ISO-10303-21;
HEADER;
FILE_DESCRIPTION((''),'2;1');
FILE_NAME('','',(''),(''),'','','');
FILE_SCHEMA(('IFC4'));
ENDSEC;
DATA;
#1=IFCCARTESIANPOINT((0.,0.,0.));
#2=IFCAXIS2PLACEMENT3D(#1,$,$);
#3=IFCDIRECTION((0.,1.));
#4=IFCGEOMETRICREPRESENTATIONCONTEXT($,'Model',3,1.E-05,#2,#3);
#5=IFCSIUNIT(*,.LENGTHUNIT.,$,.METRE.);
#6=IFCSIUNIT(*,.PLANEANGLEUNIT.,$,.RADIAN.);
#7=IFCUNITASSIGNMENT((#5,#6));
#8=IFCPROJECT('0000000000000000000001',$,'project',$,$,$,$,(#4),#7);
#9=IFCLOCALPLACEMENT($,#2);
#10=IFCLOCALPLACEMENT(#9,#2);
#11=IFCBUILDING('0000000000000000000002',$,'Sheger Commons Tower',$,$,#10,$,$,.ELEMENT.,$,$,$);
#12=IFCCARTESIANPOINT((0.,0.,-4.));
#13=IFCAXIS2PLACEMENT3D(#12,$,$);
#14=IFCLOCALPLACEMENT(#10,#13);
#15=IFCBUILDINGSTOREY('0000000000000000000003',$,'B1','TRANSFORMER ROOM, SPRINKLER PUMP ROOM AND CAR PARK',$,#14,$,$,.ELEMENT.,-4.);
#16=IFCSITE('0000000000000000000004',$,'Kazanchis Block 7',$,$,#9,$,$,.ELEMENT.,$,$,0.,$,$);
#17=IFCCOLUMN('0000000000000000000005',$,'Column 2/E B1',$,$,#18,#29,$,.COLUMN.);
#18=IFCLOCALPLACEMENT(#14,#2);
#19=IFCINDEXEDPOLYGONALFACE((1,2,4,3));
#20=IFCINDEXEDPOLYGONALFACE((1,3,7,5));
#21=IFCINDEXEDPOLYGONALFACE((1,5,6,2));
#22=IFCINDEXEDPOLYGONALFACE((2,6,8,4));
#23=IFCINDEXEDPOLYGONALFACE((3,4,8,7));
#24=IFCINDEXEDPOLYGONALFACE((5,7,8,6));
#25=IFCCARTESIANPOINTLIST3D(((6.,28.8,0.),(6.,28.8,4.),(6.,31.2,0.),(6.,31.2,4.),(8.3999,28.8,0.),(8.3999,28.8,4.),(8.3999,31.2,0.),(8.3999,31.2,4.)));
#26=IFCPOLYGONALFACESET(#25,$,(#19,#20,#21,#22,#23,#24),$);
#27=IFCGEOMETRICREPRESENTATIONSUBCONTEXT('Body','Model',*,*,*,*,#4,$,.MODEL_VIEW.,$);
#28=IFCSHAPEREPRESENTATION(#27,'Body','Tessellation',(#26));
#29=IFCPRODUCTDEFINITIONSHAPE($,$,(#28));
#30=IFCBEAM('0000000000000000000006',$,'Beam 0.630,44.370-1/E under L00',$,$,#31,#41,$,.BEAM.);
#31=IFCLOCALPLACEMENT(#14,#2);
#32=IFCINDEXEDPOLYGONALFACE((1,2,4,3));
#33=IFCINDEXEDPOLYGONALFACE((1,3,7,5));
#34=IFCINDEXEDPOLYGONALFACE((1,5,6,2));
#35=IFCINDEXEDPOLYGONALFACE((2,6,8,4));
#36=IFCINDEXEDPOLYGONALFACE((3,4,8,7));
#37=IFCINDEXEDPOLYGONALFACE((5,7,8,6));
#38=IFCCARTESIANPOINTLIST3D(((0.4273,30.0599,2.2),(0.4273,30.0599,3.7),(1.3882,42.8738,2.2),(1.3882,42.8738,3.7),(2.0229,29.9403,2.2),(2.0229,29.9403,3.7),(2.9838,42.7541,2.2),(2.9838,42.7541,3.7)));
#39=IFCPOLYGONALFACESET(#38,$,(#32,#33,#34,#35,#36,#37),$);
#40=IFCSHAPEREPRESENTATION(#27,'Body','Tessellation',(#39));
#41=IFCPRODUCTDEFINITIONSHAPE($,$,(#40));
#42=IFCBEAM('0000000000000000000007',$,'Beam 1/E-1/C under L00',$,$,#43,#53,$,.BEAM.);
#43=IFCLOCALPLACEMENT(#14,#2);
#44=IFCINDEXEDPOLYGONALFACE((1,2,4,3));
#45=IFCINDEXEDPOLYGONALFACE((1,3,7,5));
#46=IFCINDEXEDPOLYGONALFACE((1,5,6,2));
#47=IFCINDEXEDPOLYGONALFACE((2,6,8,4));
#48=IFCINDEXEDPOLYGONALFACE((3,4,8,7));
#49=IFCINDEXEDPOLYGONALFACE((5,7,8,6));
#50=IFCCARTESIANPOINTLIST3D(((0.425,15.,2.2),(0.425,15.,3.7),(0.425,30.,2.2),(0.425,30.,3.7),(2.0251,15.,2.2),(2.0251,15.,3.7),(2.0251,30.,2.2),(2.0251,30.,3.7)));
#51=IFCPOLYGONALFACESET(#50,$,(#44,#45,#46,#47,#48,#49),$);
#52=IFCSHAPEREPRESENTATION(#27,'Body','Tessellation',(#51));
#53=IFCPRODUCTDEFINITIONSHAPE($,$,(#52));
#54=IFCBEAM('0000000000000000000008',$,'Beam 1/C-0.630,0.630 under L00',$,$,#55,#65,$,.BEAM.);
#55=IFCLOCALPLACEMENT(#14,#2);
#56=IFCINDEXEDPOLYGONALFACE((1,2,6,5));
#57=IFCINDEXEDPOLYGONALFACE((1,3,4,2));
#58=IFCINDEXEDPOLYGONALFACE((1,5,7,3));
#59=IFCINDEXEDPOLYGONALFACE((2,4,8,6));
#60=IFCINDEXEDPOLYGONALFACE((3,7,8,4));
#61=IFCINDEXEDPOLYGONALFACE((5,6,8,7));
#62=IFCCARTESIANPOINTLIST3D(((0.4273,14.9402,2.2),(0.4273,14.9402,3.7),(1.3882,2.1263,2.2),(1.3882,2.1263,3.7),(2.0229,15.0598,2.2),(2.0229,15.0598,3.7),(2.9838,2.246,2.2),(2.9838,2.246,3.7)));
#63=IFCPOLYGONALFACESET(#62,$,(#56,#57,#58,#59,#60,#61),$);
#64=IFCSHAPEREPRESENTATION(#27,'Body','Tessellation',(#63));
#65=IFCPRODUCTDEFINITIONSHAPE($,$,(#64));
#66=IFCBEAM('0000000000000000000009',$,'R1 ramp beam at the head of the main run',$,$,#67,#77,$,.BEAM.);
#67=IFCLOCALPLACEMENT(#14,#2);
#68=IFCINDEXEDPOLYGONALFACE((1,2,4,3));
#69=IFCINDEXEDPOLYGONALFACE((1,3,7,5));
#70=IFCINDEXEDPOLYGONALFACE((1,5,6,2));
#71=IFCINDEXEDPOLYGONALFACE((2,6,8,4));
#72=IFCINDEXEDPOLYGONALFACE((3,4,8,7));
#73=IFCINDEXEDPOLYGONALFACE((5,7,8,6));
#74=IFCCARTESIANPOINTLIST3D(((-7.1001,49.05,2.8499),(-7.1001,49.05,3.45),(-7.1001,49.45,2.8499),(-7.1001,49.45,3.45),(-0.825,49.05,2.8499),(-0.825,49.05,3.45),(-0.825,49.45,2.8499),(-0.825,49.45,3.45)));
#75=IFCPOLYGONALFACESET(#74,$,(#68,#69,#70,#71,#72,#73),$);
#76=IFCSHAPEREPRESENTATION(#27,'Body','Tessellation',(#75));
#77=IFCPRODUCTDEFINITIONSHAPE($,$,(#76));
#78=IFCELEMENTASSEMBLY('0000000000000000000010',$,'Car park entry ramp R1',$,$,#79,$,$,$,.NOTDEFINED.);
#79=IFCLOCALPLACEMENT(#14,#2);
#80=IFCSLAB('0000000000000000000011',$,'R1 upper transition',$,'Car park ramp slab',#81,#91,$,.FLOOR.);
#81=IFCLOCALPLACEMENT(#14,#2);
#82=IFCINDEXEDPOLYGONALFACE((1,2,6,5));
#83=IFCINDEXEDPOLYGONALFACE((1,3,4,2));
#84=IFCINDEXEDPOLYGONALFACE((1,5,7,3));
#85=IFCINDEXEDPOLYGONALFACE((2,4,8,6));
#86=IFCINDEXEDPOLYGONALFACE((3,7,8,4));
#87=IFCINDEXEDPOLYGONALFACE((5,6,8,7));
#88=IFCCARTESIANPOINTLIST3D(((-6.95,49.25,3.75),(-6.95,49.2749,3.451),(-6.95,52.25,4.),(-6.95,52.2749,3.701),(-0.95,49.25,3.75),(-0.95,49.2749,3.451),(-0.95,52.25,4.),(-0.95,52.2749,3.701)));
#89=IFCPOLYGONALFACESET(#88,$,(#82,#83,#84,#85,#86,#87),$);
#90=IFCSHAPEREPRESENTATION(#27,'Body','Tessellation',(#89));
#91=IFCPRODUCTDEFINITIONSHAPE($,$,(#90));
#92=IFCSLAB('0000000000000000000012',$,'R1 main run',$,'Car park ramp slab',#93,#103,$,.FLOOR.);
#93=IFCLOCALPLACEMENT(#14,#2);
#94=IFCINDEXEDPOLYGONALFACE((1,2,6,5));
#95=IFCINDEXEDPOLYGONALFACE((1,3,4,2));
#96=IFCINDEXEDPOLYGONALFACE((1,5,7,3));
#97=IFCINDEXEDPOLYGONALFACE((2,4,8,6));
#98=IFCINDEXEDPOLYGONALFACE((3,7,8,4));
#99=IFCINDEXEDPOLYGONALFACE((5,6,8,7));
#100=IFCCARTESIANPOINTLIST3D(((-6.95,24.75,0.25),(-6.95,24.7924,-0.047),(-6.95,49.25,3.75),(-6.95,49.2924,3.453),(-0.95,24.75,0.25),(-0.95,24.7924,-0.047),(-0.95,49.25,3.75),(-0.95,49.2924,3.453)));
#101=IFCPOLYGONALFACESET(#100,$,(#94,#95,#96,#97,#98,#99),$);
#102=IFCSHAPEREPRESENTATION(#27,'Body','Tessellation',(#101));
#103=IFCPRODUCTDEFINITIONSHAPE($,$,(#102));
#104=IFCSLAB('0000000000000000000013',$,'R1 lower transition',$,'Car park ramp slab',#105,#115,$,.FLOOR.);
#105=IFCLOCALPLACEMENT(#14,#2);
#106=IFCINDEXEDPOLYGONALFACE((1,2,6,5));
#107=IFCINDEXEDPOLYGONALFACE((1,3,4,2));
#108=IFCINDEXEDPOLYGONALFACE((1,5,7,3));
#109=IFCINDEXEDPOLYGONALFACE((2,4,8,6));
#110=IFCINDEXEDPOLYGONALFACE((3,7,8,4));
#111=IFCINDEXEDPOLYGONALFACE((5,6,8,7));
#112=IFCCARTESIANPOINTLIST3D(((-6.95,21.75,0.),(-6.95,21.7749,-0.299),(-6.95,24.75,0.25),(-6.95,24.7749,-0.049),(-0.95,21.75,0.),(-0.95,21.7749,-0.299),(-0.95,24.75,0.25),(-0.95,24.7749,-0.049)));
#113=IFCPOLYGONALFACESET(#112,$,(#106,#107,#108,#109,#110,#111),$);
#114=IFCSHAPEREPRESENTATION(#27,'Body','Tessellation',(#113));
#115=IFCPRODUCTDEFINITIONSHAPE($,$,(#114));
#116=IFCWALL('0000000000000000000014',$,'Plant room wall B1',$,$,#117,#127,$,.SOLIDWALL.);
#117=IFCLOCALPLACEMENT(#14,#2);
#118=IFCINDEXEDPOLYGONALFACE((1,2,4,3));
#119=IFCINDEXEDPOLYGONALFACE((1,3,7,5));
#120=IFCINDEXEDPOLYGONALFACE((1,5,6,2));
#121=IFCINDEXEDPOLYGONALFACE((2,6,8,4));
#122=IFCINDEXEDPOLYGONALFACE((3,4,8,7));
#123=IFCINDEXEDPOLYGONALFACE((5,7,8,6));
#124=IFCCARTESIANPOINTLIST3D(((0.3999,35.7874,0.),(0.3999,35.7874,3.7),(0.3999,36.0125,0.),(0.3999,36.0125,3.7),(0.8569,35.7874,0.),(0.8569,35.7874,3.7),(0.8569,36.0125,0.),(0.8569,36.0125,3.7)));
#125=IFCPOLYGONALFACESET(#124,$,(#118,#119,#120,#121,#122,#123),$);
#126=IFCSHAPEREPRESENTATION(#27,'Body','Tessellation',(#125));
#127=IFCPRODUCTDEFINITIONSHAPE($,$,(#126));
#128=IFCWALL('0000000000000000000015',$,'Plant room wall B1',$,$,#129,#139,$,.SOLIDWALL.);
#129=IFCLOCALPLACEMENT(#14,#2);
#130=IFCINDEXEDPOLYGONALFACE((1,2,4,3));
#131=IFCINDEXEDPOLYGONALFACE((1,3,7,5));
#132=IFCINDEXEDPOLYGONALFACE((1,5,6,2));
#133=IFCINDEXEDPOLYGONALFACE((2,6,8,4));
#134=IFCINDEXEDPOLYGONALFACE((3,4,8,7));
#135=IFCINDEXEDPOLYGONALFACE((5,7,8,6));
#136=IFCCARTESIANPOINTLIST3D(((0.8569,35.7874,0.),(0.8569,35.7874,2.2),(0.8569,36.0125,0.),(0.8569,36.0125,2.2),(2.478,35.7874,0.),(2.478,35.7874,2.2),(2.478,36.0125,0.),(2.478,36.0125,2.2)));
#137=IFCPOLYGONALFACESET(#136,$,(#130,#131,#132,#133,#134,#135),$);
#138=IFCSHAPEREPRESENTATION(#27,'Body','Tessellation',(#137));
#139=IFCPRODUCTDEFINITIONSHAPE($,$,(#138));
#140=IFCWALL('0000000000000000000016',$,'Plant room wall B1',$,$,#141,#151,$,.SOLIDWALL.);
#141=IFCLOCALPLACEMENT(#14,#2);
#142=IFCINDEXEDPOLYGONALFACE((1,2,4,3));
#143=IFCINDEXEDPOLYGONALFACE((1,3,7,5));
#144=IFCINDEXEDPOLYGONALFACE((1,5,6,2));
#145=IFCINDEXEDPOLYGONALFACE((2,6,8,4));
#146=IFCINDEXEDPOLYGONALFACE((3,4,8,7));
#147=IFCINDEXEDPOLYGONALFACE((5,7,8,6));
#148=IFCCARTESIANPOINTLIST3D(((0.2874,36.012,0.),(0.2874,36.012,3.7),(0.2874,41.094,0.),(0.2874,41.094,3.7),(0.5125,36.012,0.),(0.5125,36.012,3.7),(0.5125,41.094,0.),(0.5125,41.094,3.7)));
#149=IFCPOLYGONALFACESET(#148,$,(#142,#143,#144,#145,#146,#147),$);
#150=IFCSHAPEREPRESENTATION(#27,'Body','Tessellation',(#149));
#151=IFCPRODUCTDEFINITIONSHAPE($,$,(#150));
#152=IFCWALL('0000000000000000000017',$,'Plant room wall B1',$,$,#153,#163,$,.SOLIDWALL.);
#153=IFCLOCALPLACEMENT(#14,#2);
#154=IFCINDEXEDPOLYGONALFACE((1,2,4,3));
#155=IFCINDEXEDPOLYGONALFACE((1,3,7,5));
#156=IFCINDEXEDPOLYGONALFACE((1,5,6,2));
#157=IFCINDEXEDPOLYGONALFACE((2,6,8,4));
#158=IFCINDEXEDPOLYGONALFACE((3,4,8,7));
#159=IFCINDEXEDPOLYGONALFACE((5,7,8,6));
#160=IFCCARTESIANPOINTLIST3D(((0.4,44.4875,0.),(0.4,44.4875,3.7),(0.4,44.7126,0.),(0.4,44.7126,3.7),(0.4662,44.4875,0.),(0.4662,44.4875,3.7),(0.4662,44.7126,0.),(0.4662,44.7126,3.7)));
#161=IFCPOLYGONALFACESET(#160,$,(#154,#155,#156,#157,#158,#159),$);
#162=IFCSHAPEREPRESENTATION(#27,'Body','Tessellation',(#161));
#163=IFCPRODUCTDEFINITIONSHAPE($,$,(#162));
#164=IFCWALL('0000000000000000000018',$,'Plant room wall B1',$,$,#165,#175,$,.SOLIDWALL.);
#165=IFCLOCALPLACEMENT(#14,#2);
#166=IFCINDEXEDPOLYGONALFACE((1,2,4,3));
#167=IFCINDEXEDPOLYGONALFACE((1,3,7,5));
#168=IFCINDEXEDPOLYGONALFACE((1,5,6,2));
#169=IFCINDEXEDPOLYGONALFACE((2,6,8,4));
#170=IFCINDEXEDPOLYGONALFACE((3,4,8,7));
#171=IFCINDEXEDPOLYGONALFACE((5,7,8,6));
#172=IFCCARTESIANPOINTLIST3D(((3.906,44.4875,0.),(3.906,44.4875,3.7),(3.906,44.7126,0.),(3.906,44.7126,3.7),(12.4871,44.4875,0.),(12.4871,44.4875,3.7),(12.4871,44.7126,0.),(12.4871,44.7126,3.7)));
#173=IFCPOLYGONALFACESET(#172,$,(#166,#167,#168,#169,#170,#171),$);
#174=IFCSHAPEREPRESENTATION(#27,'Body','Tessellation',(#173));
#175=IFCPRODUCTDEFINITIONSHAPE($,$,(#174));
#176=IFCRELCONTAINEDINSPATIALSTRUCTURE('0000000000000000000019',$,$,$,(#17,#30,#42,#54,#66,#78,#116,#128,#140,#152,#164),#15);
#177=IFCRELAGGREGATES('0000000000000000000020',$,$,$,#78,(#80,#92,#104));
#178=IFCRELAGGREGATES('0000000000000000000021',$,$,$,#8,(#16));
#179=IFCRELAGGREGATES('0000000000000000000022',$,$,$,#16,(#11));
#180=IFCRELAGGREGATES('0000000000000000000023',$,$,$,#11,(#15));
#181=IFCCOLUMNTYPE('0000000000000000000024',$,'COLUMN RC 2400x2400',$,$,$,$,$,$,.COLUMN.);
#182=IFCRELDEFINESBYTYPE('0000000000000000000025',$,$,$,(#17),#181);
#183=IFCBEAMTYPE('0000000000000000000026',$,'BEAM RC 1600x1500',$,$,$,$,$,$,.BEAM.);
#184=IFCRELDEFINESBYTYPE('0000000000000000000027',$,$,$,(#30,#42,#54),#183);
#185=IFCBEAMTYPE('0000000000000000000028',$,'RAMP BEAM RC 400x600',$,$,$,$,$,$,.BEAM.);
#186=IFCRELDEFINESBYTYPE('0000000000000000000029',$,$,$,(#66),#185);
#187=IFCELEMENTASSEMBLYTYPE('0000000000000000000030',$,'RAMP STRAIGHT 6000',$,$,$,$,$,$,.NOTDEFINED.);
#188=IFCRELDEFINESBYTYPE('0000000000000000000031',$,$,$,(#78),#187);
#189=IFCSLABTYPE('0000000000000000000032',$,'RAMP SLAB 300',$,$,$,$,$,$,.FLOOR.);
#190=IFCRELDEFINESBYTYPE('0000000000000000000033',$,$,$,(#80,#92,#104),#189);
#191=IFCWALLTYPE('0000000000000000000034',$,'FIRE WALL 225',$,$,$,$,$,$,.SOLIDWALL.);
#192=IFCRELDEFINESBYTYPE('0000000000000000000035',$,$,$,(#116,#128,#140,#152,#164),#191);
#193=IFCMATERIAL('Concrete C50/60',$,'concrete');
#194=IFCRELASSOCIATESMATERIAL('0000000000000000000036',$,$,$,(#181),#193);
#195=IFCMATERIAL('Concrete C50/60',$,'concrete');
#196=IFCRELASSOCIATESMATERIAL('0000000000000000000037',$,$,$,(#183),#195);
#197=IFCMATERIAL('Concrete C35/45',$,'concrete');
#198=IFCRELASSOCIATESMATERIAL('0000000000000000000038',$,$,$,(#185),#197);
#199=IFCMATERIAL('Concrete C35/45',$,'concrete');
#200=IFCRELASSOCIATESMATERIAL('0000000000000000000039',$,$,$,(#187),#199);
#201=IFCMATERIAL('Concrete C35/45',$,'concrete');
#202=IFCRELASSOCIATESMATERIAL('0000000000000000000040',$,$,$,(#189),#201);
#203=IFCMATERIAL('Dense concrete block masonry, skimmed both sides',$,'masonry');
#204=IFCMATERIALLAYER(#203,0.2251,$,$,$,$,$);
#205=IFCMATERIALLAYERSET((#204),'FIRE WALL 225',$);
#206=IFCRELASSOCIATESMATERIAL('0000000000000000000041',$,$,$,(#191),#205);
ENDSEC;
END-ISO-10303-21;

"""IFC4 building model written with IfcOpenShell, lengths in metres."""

from ifc_helpers import new_model, si_unit, direction, frame, frame_2d, origin, origin_2d, place, context, subcontext, project, spatial, polyline, rectangle, outline, extrude, material, layer, layer_set, material_profile, profile_set, type_object, element, aggregate, save


model = new_model("IFC4")

# Units and contexts
model_context = context("Model", 3, precision=1e-05, world=origin(), true_north=direction((0.0, 1.0)))
body_context = subcontext(model_context, "Body", "Model", "MODEL_VIEW")
ifc_project = project(units=[si_unit("LENGTHUNIT", "METRE"), si_unit("PLANEANGLEUNIT", "RADIAN")], contexts=[model_context])

# Site, building, storey
site_placement = place(None, origin())
site = spatial("IfcSite", under=ifc_project, at=site_placement, Name="Kazanchis Block 7", CompositionType="ELEMENT", RefElevation=0.0)
building_placement = place(site_placement, origin())
building = spatial("IfcBuilding", under=site, at=building_placement, Name="Sheger Commons Tower", CompositionType="ELEMENT")
storey_placement = place(building_placement, frame((0.0, 0.0, -4.0)))
storey = spatial("IfcBuildingStorey", under=building, at=storey_placement, Name="B1", Description="TRANSFORMER ROOM, SPRINKLER PUMP ROOM AND CAR PARK", CompositionType="ELEMENT", Elevation=-4.0)

# Column
ifc_material_1 = material(Name="Concrete C50/60", Category="concrete")
ifc_material_profile_1 = material_profile(ifc_material_1, rectangle(XDim=2.3999, YDim=2.3999, at=origin_2d()), Name="RC 2400x2400")
ifc_profile_set_1 = profile_set([ifc_material_profile_1], Name="Concrete C50/60")
column_type_1 = type_object("IfcColumnType", Name="COLUMN RC 2400x2400", PredefinedType="COLUMN", material=ifc_profile_set_1)
for number, where, z_axis, x_axis, name in (
    (1, (7.2, 30.0, 0.0), (0.0, 0.0, 1.0), (1.0, 0.0, 0.0), "Column 2/E B1"),
):
    element("IfcColumn", number, at=place(storey_placement, frame(where, z_axis=z_axis, x_axis=x_axis)), inside=storey, type_object=column_type_1, Name=name, PredefinedType="COLUMN", context=body_context, shape_type="SweptSolid", body=[
        extrude(rectangle(XDim=2.3999, YDim=2.3999, at=origin_2d()), origin(), (0.0, 0.0, 1.0), 4.0),
    ])

# Beams
ifc_material_2 = material(Name="Concrete C50/60", Category="concrete")
ifc_material_profile_2 = material_profile(ifc_material_2, rectangle(XDim=1.6001, YDim=1.5, at=origin_2d()), Name="RC 1600x1500")
ifc_profile_set_2 = profile_set([ifc_material_profile_2], Name="Concrete C50/60")
beam_type_1 = type_object("IfcBeamType", Name="BEAM RC 1600x1500", PredefinedType="BEAM", material=ifc_profile_set_2)
beam_1_placement = place(storey_placement, frame((2.186, 42.814, 2.95), z_axis=(-0.074781, -0.9972, 0.0), x_axis=(0.9972, -0.074781, 0.0)))
element("IfcBeam", 2, at=beam_1_placement, inside=storey, type_object=beam_type_1, Name="Beam 0.630,44.370-1/E under L00", PredefinedType="BEAM", context=body_context, shape_type="SweptSolid", body=[
    extrude(rectangle(XDim=1.6001, YDim=1.5, at=origin_2d()), origin(), (0.0, 0.0, 1.0), 12.8499),
])
beam_2_placement = place(storey_placement, frame((1.2251, 30.0, 2.95), z_axis=(0.0, -1.0, 0.0), x_axis=(1.0, 0.0, 0.0)))
element("IfcBeam", 3, at=beam_2_placement, inside=storey, type_object=beam_type_1, Name="Beam 1/E-1/C under L00", PredefinedType="BEAM", context=body_context, shape_type="SweptSolid", body=[
    extrude(rectangle(XDim=1.6001, YDim=1.5, at=origin_2d()), origin(), (0.0, 0.0, 1.0), 15.0),
])
beam_3_placement = place(storey_placement, frame((1.2251, 15.0, 2.95), z_axis=(0.074781, -0.9972, 0.0), x_axis=(0.9972, 0.074781, 0.0)))
element("IfcBeam", 4, at=beam_3_placement, inside=storey, type_object=beam_type_1, Name="Beam 1/C-0.630,0.630 under L00", PredefinedType="BEAM", context=body_context, shape_type="SweptSolid", body=[
    extrude(rectangle(XDim=1.6001, YDim=1.5, at=origin_2d()), origin(), (0.0, 0.0, 1.0), 12.8499),
])
ifc_material_3 = material(Name="Concrete C35/45", Category="concrete")
ifc_material_profile_3 = material_profile(ifc_material_3, rectangle(XDim=0.3999, YDim=0.6001, at=origin_2d()), Name="RC 400x600")
ifc_profile_set_3 = profile_set([ifc_material_profile_3], Name="Concrete C35/45")
beam_type_2 = type_object("IfcBeamType", Name="RAMP BEAM RC 400x600", PredefinedType="BEAM", material=ifc_profile_set_3)
beam_4_placement = place(storey_placement, frame((-7.1001, 49.25, 3.1499), z_axis=(1.0, 0.0, 0.0), x_axis=(0.0, 1.0, 0.0)))
element("IfcBeam", 5, at=beam_4_placement, inside=storey, type_object=beam_type_2, Name="R1 ramp beam at the head of the main run", PredefinedType="BEAM", context=body_context, shape_type="SweptSolid", body=[
    extrude(rectangle(XDim=0.3999, YDim=0.6001, at=origin_2d()), origin(), (0.0, 0.0, 1.0), 6.2751),
])

# Element assembly, slabs
ifc_material_4 = material(Name="Concrete C35/45", Category="concrete")
element_assembly_type = type_object("IfcElementAssemblyType", Name="RAMP STRAIGHT 6000", PredefinedType="NOTDEFINED", material=ifc_material_4)
assembly_placement = place(storey_placement, origin())
assembly = element("IfcElementAssembly", 6, at=assembly_placement, inside=storey, type_object=element_assembly_type, Name="Car park entry ramp R1", PredefinedType="NOTDEFINED")
ifc_material_5 = material(Name="Concrete C35/45", Category="concrete")
slab_type = type_object("IfcSlabType", Name="RAMP SLAB 300", PredefinedType="FLOOR", material=ifc_material_5)
slab_1_placement = place(storey_placement, frame((-6.95, 49.25, 3.75), z_axis=(0.0, -0.083045, 0.996546), x_axis=(1.0, 0.0, 0.0)))
slab_1 = element("IfcSlab", 7, at=slab_1_placement, type_object=slab_type, Name="R1 upper transition", ObjectType="Car park ramp slab", PredefinedType="FLOOR", context=body_context, shape_type="SweptSolid", body=[
    extrude(outline(polyline([(0.0, 0.0), (6.0, 0.0), (6.0, 3.0104), (0.0, 3.0104), (0.0, 0.0)])), origin(), (0.0, 0.0, -1.0), 0.3),
])
slab_2_placement = place(storey_placement, frame((-6.95, 24.75, 0.25), z_axis=(0.0, -0.141421, 0.989949), x_axis=(1.0, 0.0, 0.0)))
slab_2 = element("IfcSlab", 8, at=slab_2_placement, type_object=slab_type, Name="R1 main run", ObjectType="Car park ramp slab", PredefinedType="FLOOR", context=body_context, shape_type="SweptSolid", body=[
    extrude(outline(polyline([(0.0, 0.0), (6.0, 0.0), (6.0, 24.7487), (0.0, 24.7487), (0.0, 0.0)])), origin(), (0.0, 0.0, -1.0), 0.3),
])
slab_3_placement = place(storey_placement, frame((-6.95, 21.75, 0.0), z_axis=(0.0, -0.083045, 0.996546), x_axis=(1.0, 0.0, 0.0)))
slab_3 = element("IfcSlab", 9, at=slab_3_placement, type_object=slab_type, Name="R1 lower transition", ObjectType="Car park ramp slab", PredefinedType="FLOOR", context=body_context, shape_type="SweptSolid", body=[
    extrude(outline(polyline([(0.0, 0.0), (6.0, 0.0), (6.0, 3.0104), (0.0, 3.0104), (0.0, 0.0)])), origin(), (0.0, 0.0, -1.0), 0.3),
])
aggregate(assembly, [slab_1, slab_2, slab_3])

# Walls
ifc_material_6 = material(Name="Dense concrete block masonry, skimmed both sides", Category="masonry")
ifc_layer_1 = layer(ifc_material_6, 0.2251)
ifc_layer_set_1 = layer_set([ifc_layer_1], Name="FIRE WALL 225")
wall_type_1 = type_object("IfcWallType", Name="FIRE WALL 225", PredefinedType="SOLIDWALL", material=ifc_layer_set_1)
wall_1_placement = place(storey_placement, frame((0.3999, 35.8999, 0.0), z_axis=(0.0, 0.0, 1.0), x_axis=(1.0, 0.0, 0.0)))
element("IfcWall", 10, at=wall_1_placement, inside=storey, type_object=wall_type_1, Name="Plant room wall B1", PredefinedType="SOLIDWALL", context=body_context, shape_type="SweptSolid", body=[
    extrude(rectangle(XDim=0.457, YDim=0.2251, at=frame_2d((0.2285, 0.0))), origin(), (0.0, 0.0, 1.0), 3.7),
])
wall_2_placement = place(storey_placement, frame((0.8569, 35.8999, 0.0), z_axis=(0.0, 0.0, 1.0), x_axis=(1.0, 0.0, 0.0)))
element("IfcWall", 11, at=wall_2_placement, inside=storey, type_object=wall_type_1, Name="Plant room wall B1", PredefinedType="SOLIDWALL", context=body_context, shape_type="SweptSolid", body=[
    extrude(rectangle(XDim=1.6211, YDim=0.2251, at=frame_2d((0.8105, 0.0))), origin(), (0.0, 0.0, 1.0), 2.2),
])

# Walls
wall_3_placement = place(storey_placement, frame((0.3999, 36.012, 0.0), z_axis=(0.0, 0.0, 1.0), x_axis=(0.0, 1.0, 0.0)))
element("IfcWall", 12, at=wall_3_placement, inside=storey, type_object=wall_type_1, Name="Plant room wall B1", PredefinedType="SOLIDWALL", context=body_context, shape_type="SweptSolid", body=[
    extrude(rectangle(XDim=5.082, YDim=0.2251, at=frame_2d((2.541, 0.0))), origin(), (0.0, 0.0, 1.0), 3.7),
])
wall_4_placement = place(storey_placement, frame((0.3999, 44.6001, 0.0), z_axis=(0.0, 0.0, 1.0), x_axis=(1.0, 0.0, 0.0)))
element("IfcWall", 13, at=wall_4_placement, inside=storey, type_object=wall_type_1, Name="Plant room wall B1", PredefinedType="SOLIDWALL", context=body_context, shape_type="SweptSolid", body=[
    extrude(rectangle(XDim=0.0662, YDim=0.2251, at=frame_2d((0.0332, 0.0))), origin(), (0.0, 0.0, 1.0), 3.7),
])
wall_5_placement = place(storey_placement, frame((3.906, 44.6001, 0.0), z_axis=(0.0, 0.0, 1.0), x_axis=(1.0, 0.0, 0.0)))
element("IfcWall", 14, at=wall_5_placement, inside=storey, type_object=wall_type_1, Name="Plant room wall B1", PredefinedType="SOLIDWALL", context=body_context, shape_type="SweptSolid", body=[
    extrude(rectangle(XDim=8.5811, YDim=0.2251, at=frame_2d((4.2905, 0.0))), origin(), (0.0, 0.0, 1.0), 3.7),
])

save(model, "model.ifc")
